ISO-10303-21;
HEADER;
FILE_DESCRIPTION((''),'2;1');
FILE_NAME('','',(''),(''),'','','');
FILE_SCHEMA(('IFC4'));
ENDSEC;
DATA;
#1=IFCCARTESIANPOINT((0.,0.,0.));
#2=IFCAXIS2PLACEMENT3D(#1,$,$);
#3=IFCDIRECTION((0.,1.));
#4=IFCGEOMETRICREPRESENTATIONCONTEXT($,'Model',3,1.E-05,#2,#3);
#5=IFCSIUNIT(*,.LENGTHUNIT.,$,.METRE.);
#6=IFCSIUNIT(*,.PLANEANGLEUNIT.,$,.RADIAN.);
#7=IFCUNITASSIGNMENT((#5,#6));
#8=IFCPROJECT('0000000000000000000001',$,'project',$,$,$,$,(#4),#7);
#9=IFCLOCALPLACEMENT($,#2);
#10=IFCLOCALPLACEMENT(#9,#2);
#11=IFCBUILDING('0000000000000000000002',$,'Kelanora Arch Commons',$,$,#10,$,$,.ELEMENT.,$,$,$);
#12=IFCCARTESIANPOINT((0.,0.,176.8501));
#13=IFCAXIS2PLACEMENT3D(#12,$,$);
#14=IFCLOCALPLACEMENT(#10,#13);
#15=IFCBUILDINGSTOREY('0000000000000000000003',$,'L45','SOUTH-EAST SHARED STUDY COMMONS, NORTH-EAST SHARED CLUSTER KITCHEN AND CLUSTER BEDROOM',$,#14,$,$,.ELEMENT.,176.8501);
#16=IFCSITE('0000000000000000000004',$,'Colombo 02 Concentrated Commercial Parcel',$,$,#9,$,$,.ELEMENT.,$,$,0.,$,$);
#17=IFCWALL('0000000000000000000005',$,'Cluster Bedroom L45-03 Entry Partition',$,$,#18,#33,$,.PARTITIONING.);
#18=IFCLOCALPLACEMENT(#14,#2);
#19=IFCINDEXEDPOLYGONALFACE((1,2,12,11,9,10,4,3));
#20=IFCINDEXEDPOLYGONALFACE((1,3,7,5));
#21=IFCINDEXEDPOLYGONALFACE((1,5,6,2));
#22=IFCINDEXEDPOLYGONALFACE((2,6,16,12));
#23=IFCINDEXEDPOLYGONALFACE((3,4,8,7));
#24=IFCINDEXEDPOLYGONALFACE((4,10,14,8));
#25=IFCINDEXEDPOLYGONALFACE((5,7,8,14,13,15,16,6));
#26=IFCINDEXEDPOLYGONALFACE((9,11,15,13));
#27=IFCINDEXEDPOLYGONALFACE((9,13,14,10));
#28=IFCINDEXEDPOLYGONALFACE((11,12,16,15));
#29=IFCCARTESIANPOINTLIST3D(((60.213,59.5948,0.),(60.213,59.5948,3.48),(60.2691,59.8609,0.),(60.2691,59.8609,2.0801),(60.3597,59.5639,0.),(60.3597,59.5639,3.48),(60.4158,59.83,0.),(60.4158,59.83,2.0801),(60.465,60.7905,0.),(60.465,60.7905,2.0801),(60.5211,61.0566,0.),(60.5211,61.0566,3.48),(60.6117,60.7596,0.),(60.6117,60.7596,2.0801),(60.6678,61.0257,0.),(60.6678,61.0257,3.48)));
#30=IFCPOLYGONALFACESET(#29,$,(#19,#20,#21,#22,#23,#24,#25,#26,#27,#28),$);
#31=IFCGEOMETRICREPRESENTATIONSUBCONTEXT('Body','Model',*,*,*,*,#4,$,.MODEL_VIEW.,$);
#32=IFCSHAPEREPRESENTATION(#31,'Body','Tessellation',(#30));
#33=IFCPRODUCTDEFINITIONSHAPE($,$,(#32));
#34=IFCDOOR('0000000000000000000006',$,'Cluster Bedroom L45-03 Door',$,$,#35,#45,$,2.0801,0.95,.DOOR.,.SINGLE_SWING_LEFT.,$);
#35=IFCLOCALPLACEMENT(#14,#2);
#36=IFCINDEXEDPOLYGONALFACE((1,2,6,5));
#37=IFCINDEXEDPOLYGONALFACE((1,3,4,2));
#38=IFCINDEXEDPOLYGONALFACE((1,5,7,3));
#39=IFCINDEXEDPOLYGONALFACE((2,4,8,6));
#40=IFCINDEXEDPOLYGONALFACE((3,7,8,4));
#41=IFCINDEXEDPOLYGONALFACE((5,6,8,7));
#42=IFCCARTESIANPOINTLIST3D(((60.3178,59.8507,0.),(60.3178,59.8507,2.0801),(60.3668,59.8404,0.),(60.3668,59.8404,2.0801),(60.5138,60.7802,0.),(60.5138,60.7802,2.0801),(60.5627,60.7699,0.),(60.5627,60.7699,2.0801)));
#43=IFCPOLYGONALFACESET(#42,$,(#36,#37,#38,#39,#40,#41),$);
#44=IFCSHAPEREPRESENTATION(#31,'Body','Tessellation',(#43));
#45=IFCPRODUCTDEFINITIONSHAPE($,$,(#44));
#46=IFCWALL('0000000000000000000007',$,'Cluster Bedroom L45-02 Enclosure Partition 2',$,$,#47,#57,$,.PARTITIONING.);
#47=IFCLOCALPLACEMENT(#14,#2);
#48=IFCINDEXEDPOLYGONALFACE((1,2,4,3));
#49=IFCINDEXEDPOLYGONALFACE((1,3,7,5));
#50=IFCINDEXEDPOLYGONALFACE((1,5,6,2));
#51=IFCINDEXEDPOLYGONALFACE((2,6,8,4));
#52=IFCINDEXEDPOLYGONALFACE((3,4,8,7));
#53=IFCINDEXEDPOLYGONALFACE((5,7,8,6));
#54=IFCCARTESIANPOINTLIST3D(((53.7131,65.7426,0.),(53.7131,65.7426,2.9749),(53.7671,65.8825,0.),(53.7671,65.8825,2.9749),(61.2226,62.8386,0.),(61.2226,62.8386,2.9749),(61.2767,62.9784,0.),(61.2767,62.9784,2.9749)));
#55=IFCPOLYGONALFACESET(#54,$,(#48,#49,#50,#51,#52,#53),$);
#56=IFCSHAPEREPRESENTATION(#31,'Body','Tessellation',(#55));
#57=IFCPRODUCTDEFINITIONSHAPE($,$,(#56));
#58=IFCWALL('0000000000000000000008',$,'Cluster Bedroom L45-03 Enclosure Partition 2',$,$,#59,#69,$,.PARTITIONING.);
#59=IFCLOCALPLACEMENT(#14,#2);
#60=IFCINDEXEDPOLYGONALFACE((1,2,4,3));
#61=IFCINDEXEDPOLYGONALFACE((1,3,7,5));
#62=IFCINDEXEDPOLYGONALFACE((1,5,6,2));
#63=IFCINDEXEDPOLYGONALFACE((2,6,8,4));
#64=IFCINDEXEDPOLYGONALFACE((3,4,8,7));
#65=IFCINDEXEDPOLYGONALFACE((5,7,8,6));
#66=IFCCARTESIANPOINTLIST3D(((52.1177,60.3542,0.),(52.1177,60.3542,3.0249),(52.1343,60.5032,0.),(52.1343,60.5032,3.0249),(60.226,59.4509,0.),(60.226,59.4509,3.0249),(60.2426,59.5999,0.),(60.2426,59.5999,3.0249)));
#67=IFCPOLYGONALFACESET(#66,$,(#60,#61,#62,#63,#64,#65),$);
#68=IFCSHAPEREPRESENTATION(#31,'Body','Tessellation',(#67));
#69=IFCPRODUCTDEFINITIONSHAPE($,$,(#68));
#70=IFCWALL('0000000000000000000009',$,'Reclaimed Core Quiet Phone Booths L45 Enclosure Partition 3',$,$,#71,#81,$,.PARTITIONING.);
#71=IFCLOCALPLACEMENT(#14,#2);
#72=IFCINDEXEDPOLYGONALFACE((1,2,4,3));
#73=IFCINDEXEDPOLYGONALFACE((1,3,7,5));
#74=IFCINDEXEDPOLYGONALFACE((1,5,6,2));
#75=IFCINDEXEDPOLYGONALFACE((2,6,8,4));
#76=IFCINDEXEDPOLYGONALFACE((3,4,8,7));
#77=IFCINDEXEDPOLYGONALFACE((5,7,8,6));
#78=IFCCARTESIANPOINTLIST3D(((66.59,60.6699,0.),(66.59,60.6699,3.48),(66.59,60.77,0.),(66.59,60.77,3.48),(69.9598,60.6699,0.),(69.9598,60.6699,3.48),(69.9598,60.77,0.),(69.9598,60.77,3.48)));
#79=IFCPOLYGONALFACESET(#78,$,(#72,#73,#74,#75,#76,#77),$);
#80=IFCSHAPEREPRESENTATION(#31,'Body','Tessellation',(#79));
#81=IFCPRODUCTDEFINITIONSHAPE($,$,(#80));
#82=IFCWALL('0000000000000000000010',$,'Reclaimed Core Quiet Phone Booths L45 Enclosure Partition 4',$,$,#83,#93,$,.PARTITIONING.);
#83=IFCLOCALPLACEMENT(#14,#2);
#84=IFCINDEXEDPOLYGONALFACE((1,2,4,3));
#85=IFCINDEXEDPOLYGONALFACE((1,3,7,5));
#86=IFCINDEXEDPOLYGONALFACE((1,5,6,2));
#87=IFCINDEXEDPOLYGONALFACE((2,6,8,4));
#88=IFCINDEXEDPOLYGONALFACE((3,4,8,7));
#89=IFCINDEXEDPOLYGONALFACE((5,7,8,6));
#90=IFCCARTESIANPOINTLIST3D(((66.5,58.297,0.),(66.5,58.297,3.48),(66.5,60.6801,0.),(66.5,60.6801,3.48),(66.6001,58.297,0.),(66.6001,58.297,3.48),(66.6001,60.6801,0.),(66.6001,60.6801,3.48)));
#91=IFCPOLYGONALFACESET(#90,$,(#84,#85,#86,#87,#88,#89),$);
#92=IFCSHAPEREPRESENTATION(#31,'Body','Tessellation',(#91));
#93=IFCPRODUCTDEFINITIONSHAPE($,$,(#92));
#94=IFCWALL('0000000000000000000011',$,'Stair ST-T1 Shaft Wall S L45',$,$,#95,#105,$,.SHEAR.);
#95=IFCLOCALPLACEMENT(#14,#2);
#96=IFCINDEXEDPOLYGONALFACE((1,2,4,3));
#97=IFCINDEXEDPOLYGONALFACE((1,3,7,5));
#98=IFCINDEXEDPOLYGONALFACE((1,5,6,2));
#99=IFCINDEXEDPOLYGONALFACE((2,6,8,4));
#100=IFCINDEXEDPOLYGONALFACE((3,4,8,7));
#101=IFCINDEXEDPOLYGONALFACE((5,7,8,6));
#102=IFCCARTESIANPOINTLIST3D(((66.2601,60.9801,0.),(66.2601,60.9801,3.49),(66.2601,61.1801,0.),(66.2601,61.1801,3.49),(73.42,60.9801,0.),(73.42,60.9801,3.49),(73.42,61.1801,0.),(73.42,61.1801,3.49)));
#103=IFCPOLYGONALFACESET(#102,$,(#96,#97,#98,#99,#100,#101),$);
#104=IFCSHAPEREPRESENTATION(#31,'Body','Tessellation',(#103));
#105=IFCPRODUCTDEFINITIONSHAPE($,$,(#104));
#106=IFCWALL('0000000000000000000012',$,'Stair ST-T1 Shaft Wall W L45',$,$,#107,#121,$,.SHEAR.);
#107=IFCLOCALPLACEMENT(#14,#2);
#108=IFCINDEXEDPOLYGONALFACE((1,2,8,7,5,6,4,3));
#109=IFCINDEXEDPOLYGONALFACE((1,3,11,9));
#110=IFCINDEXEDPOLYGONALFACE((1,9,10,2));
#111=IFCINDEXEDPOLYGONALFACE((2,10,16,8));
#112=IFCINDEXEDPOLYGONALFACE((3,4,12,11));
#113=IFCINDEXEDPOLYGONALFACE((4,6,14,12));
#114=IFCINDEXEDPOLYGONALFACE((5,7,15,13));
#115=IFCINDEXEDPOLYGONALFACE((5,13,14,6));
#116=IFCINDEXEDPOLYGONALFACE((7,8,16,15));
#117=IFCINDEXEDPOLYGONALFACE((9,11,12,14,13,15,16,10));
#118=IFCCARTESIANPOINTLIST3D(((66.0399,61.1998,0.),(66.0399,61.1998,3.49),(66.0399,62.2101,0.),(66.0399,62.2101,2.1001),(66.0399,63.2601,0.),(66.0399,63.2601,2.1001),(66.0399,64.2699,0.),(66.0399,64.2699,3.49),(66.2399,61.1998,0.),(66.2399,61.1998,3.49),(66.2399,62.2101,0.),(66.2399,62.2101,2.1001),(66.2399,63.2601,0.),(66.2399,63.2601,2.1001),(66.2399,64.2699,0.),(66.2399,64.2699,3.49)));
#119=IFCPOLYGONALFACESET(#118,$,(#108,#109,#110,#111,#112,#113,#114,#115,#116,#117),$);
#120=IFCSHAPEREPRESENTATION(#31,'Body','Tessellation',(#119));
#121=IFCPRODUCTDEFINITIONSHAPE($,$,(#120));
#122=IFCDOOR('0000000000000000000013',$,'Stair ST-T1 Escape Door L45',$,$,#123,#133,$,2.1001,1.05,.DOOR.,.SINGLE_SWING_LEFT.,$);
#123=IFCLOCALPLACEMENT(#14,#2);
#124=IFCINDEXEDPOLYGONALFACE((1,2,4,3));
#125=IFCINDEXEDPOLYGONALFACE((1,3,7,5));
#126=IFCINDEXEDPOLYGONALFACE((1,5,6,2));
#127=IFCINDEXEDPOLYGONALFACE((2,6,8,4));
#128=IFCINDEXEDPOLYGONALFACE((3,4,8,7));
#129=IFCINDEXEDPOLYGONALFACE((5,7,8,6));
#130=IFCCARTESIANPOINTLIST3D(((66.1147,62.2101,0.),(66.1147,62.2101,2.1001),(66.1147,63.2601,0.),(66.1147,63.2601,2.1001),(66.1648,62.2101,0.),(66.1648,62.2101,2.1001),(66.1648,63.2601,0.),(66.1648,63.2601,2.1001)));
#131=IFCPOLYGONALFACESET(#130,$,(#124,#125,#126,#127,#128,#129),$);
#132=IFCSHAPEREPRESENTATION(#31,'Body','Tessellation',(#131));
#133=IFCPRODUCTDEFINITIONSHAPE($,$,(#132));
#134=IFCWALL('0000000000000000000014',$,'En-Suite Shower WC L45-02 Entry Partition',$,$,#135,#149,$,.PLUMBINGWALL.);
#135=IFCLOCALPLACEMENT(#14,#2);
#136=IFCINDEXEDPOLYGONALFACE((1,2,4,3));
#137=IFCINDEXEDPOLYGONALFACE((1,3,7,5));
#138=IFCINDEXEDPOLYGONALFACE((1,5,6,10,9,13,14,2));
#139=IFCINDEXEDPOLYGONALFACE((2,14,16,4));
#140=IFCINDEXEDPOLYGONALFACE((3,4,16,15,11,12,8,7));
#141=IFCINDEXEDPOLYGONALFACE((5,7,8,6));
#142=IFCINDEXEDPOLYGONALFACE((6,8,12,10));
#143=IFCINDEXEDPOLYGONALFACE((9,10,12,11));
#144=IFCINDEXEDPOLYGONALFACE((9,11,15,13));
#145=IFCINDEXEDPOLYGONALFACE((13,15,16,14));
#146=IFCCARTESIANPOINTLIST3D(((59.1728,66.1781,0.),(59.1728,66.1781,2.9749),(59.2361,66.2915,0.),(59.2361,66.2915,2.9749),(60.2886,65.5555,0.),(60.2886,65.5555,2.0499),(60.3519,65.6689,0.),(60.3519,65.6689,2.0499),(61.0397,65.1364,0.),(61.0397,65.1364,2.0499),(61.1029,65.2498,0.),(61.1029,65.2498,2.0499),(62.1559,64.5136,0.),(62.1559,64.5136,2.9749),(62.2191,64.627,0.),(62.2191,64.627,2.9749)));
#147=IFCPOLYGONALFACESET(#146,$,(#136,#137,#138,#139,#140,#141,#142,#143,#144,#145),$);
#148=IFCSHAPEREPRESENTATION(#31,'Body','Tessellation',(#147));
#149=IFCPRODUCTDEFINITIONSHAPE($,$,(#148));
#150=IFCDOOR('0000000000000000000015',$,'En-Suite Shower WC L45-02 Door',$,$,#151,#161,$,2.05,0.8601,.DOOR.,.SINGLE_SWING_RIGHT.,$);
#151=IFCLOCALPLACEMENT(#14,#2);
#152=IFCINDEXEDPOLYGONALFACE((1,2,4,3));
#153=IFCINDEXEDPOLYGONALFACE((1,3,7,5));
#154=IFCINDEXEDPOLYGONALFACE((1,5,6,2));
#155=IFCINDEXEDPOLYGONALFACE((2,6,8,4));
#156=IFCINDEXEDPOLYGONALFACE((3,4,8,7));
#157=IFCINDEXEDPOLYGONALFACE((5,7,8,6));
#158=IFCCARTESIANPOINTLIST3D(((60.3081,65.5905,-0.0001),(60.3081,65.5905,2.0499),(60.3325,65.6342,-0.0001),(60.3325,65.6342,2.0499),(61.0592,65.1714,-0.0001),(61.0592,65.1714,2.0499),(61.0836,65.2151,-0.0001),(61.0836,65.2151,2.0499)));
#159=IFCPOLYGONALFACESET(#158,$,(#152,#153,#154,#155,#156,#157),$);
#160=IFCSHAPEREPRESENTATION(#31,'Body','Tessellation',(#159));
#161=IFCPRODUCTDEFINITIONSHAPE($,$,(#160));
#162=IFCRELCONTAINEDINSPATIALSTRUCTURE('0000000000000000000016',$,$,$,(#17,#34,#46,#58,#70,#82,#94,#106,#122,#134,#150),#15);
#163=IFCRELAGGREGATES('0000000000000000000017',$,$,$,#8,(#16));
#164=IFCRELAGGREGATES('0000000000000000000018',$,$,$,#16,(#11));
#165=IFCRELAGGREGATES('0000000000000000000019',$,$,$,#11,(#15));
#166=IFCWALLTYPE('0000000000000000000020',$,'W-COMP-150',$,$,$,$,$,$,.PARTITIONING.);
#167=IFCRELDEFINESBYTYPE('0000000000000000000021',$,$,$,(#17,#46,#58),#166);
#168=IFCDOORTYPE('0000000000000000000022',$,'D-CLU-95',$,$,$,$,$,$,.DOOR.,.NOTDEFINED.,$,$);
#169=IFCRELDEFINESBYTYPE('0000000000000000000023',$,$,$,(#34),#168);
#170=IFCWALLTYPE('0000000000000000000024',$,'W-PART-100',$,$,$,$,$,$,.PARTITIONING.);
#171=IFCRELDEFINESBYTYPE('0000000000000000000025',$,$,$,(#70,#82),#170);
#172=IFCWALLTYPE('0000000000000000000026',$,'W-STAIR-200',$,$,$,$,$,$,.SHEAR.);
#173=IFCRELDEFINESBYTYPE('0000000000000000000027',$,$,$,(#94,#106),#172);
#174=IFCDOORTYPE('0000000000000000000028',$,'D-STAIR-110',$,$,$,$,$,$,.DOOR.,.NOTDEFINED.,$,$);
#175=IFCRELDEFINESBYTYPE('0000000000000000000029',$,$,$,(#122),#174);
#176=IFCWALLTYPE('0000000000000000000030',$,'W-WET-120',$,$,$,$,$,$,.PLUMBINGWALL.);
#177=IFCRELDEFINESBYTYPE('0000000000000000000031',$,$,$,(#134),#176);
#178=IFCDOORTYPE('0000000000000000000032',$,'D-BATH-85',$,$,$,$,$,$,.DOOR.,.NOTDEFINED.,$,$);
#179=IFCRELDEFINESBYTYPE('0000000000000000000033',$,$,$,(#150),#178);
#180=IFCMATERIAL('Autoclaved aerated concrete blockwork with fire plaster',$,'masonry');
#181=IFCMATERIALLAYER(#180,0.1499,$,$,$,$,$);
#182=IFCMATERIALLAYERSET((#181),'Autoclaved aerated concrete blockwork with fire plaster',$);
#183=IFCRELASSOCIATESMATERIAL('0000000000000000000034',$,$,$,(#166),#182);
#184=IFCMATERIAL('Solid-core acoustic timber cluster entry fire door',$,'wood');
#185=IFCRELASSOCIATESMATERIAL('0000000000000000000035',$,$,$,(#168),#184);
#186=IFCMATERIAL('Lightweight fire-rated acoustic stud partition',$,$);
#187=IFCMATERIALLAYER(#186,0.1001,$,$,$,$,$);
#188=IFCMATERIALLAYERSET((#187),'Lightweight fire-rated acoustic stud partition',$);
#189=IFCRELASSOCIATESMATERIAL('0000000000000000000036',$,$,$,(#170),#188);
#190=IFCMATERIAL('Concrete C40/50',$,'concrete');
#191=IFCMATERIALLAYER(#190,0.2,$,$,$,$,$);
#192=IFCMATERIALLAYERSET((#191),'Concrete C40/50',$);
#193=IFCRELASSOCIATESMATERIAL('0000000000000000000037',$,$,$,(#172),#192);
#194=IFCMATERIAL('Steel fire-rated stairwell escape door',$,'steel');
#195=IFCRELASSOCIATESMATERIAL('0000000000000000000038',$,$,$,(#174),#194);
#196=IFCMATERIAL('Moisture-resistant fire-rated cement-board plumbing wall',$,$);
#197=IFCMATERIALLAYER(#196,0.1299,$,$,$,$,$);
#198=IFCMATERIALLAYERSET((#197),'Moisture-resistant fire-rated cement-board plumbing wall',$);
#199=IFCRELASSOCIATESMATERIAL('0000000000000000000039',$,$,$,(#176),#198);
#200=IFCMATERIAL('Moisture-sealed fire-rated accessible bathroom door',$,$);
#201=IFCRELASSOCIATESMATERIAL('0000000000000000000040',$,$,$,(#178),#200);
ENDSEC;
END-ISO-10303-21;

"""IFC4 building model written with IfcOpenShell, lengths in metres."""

from ifc_helpers import new_model, si_unit, direction, frame, frame_2d, origin, place, context, subcontext, project, spatial, rectangle, extrude, material, layer, layer_set, type_object, element, fill, save


model = new_model("IFC4")

# Units and contexts
model_context = context("Model", 3, precision=1e-05, world=origin(), true_north=direction((0.0, 1.0)))
body_context = subcontext(model_context, "Body", "Model", "MODEL_VIEW")
ifc_project = project(units=[si_unit("LENGTHUNIT", "METRE"), si_unit("PLANEANGLEUNIT", "RADIAN")], contexts=[model_context])

# Site, building, storey
site_placement = place(None, origin())
site = spatial("IfcSite", under=ifc_project, at=site_placement, Name="Colombo 02 Concentrated Commercial Parcel", CompositionType="ELEMENT", RefElevation=0.0)
building_placement = place(site_placement, origin())
building = spatial("IfcBuilding", under=site, at=building_placement, Name="Kelanora Arch Commons", CompositionType="ELEMENT")
storey_placement = place(building_placement, frame((0.0, 0.0, 176.8501)))
storey = spatial("IfcBuildingStorey", under=building, at=storey_placement, Name="L45", Description="SOUTH-EAST SHARED STUDY COMMONS, NORTH-EAST SHARED CLUSTER KITCHEN AND CLUSTER BEDROOM", CompositionType="ELEMENT", Elevation=176.8501)

# Wall, opening, door
ifc_material_1 = material(Name="Autoclaved aerated concrete blockwork with fire plaster", Category="masonry")
ifc_layer_1 = layer(ifc_material_1, 0.1499)
ifc_layer_set_1 = layer_set([ifc_layer_1], Name="Autoclaved aerated concrete blockwork with fire plaster")
wall_type_1 = type_object("IfcWallType", Name="W-COMP-150", PredefinedType="PARTITIONING", material=ifc_layer_set_1)
ifc_material_2 = material(Name="Solid-core acoustic timber cluster entry fire door", Category="wood")
door_type_1 = type_object("IfcDoorType", Name="D-CLU-95", OperationType="NOTDEFINED", PredefinedType="DOOR", material=ifc_material_2)
wall_1_placement = place(storey_placement, frame((60.5945, 61.0413, 0.0), z_axis=(0.0, 0.0, 1.0), x_axis=(-0.206258, -0.978498, 0.0)))
wall_1 = element("IfcWall", 1, at=wall_1_placement, inside=storey, type_object=wall_type_1, Name="Cluster Bedroom L45-03 Entry Partition", PredefinedType="PARTITIONING", context=body_context, shape_type="SweptSolid", body=[
    extrude(rectangle(XDim=1.4939, YDim=0.1499, at=frame_2d((0.7471, 0.0))), origin(), (0.0, 0.0, 1.0), 3.48),
])
opening_1_placement = place(wall_1_placement, frame((0.272, 0.0, 0.0)))
opening_1 = element("IfcOpeningElement", 2, at=opening_1_placement, cuts=wall_1, PredefinedType="OPENING", context=body_context, shape_type="SweptSolid", body=[
    extrude(rectangle(XDim=0.95, YDim=2.0801, at=frame_2d((0.4751, 1.04))), frame((0.0, 0.085, 0.0), z_axis=(0.0, -1.0, 0.0), x_axis=(1.0, 0.0, 0.0)), (0.0, 0.0, 1.0), 0.1699),
])
door_1_placement = place(opening_1_placement, origin())
door_1 = element("IfcDoor", 3, at=door_1_placement, inside=storey, type_object=door_type_1, Name="Cluster Bedroom L45-03 Door", OperationType="SINGLE_SWING_LEFT", OverallHeight=2.0801, OverallWidth=0.95, PredefinedType="DOOR", context=body_context, shape_type="SweptSolid", body=[
    extrude(rectangle(XDim=0.95, YDim=2.0801, at=frame_2d((0.4751, 1.04))), frame((0.0, 0.0249, 0.0), z_axis=(0.0, -1.0, 0.0), x_axis=(1.0, 0.0, 0.0)), (0.0, 0.0, 1.0), 0.05),
])
fill(opening_1, door_1)

# Walls
wall_2_placement = place(storey_placement, frame((61.2498, 62.9084, 0.0), z_axis=(0.0, 0.0, 1.0), x_axis=(-0.932688, 0.360685, 0.0)))
element("IfcWall", 4, at=wall_2_placement, inside=storey, type_object=wall_type_1, Name="Cluster Bedroom L45-02 Enclosure Partition 2", PredefinedType="PARTITIONING", context=body_context, shape_type="SweptSolid", body=[
    extrude(rectangle(XDim=8.0515, YDim=0.1499, at=frame_2d((4.0259, 0.0))), origin(), (0.0, 0.0, 1.0), 2.9749),
])
wall_3_placement = place(storey_placement, frame((60.2341, 59.5254, 0.0), z_axis=(0.0, 0.0, 1.0), x_axis=(-0.993852, 0.110721, 0.0)))
element("IfcWall", 5, at=wall_3_placement, inside=storey, type_object=wall_type_1, Name="Cluster Bedroom L45-03 Enclosure Partition 2", PredefinedType="PARTITIONING", context=body_context, shape_type="SweptSolid", body=[
    extrude(rectangle(XDim=8.1584, YDim=0.1499, at=frame_2d((4.0791, 0.0))), origin(), (0.0, 0.0, 1.0), 3.0249),
])
ifc_material_3 = material(Name="Lightweight fire-rated acoustic stud partition")
ifc_layer_2 = layer(ifc_material_3, 0.1001)
ifc_layer_set_2 = layer_set([ifc_layer_2], Name="Lightweight fire-rated acoustic stud partition")
wall_type_2 = type_object("IfcWallType", Name="W-PART-100", PredefinedType="PARTITIONING", material=ifc_layer_set_2)
wall_4_placement = place(storey_placement, frame((69.96, 60.72, 0.0), z_axis=(0.0, 0.0, 1.0), x_axis=(-1.0, 0.0, 0.0)))
element("IfcWall", 6, at=wall_4_placement, inside=storey, type_object=wall_type_2, Name="Reclaimed Core Quiet Phone Booths L45 Enclosure Partition 3", PredefinedType="PARTITIONING", context=body_context, shape_type="SweptSolid", body=[
    extrude(rectangle(XDim=3.3699, YDim=0.1001, at=frame_2d((1.6851, 0.0))), origin(), (0.0, 0.0, 1.0), 3.48),
])
wall_5_placement = place(storey_placement, frame((66.55, 60.6799, 0.0), z_axis=(0.0, 0.0, 1.0), x_axis=(0.0, -1.0, 0.0)))
element("IfcWall", 7, at=wall_5_placement, inside=storey, type_object=wall_type_2, Name="Reclaimed Core Quiet Phone Booths L45 Enclosure Partition 4", PredefinedType="PARTITIONING", context=body_context, shape_type="SweptSolid", body=[
    extrude(rectangle(XDim=2.3831, YDim=0.1001, at=frame_2d((1.1914, 0.0))), origin(), (0.0, 0.0, 1.0), 3.48),
])
ifc_material_4 = material(Name="Concrete C40/50", Category="concrete")
ifc_layer_3 = layer(ifc_material_4, 0.2)
ifc_layer_set_3 = layer_set([ifc_layer_3], Name="Concrete C40/50")
wall_type_3 = type_object("IfcWallType", Name="W-STAIR-200", PredefinedType="SHEAR", material=ifc_layer_set_3)
wall_6_placement = place(storey_placement, frame((66.26, 61.0801, 0.0), z_axis=(0.0, 0.0, 1.0), x_axis=(1.0, 0.0, 0.0)))
element("IfcWall", 8, at=wall_6_placement, inside=storey, type_object=wall_type_3, Name="Stair ST-T1 Shaft Wall S L45", PredefinedType="SHEAR", context=body_context, shape_type="SweptSolid", body=[
    extrude(rectangle(XDim=7.1599, YDim=0.2, at=frame_2d((3.5801, 0.0))), origin(), (0.0, 0.0, 1.0), 3.49),
])

# Walls, openings, doors
wall_7_placement = place(storey_placement, frame((66.1399, 64.27, 0.0), z_axis=(0.0, 0.0, 1.0), x_axis=(0.0, -1.0, 0.0)))
wall_7 = element("IfcWall", 9, at=wall_7_placement, inside=storey, type_object=wall_type_3, Name="Stair ST-T1 Shaft Wall W L45", PredefinedType="SHEAR", context=body_context, shape_type="SweptSolid", body=[
    extrude(rectangle(XDim=3.0701, YDim=0.2, at=frame_2d((1.5352, 0.0))), origin(), (0.0, 0.0, 1.0), 3.49),
])
opening_2_placement = place(wall_7_placement, frame((1.01, 0.0, 0.0)))
opening_2 = element("IfcOpeningElement", 10, at=opening_2_placement, cuts=wall_7, PredefinedType="OPENING", context=body_context, shape_type="SweptSolid", body=[
    extrude(rectangle(XDim=1.05, YDim=2.1001, at=frame_2d((0.5249, 1.05))), frame((0.0, 0.1099, 0.0), z_axis=(0.0, -1.0, 0.0), x_axis=(1.0, 0.0, 0.0)), (0.0, 0.0, 1.0), 0.22),
])
ifc_material_5 = material(Name="Steel fire-rated stairwell escape door", Category="steel")
door_type_2 = type_object("IfcDoorType", Name="D-STAIR-110", OperationType="NOTDEFINED", PredefinedType="DOOR", material=ifc_material_5)
door_2_placement = place(opening_2_placement, origin())
door_2 = element("IfcDoor", 11, at=door_2_placement, inside=storey, type_object=door_type_2, Name="Stair ST-T1 Escape Door L45", OperationType="SINGLE_SWING_LEFT", OverallHeight=2.1001, OverallWidth=1.05, PredefinedType="DOOR", context=body_context, shape_type="SweptSolid", body=[
    extrude(rectangle(XDim=1.05, YDim=2.1001, at=frame_2d((0.5249, 1.05))), frame((0.0, 0.0249, 0.0), z_axis=(0.0, -1.0, 0.0), x_axis=(1.0, 0.0, 0.0)), (0.0, 0.0, 1.0), 0.05),
])
fill(opening_2, door_2)
ifc_material_6 = material(Name="Moisture-resistant fire-rated cement-board plumbing wall")
ifc_layer_4 = layer(ifc_material_6, 0.1299)
ifc_layer_set_4 = layer_set([ifc_layer_4], Name="Moisture-resistant fire-rated cement-board plumbing wall")
wall_type_4 = type_object("IfcWallType", Name="W-WET-120", PredefinedType="PLUMBINGWALL", material=ifc_layer_set_4)
wall_8_placement = place(storey_placement, frame((62.1875, 64.5703, 0.0), z_axis=(0.0, 0.0, 1.0), x_axis=(-0.873256, 0.487262, 0.0)))
wall_8 = element("IfcWall", 12, at=wall_8_placement, inside=storey, type_object=wall_type_4, Name="En-Suite Shower WC L45-02 Entry Partition", PredefinedType="PLUMBINGWALL", context=body_context, shape_type="SweptSolid", body=[
    extrude(rectangle(XDim=3.416, YDim=0.1299, at=frame_2d((1.708, 0.0))), origin(), (0.0, 0.0, 1.0), 2.9749),
])
opening_3_placement = place(wall_8_placement, frame((1.2781, 0.0, 0.0)))
opening_3 = element("IfcOpeningElement", 13, at=opening_3_placement, cuts=wall_8, PredefinedType="OPENING", context=body_context, shape_type="SweptSolid", body=[
    extrude(rectangle(XDim=0.8601, YDim=2.05, at=frame_2d((0.4302, 1.0249))), frame((0.0, 0.075, 0.0), z_axis=(0.0, -1.0, 0.0), x_axis=(1.0, 0.0, 0.0)), (0.0, 0.0, 1.0), 0.1499),
])
ifc_material_7 = material(Name="Moisture-sealed fire-rated accessible bathroom door")
door_type_3 = type_object("IfcDoorType", Name="D-BATH-85", OperationType="NOTDEFINED", PredefinedType="DOOR", material=ifc_material_7)
door_3_placement = place(opening_3_placement, origin())
door_3 = element("IfcDoor", 14, at=door_3_placement, inside=storey, type_object=door_type_3, Name="En-Suite Shower WC L45-02 Door", OperationType="SINGLE_SWING_RIGHT", OverallHeight=2.05, OverallWidth=0.8601, PredefinedType="DOOR", context=body_context, shape_type="SweptSolid", body=[
    extrude(rectangle(XDim=0.8601, YDim=2.05, at=frame_2d((0.4302, 1.0249))), frame((0.0, 0.0249, 0.0), z_axis=(0.0, -1.0, 0.0), x_axis=(1.0, 0.0, 0.0)), (0.0, 0.0, 1.0), 0.05),
])
fill(opening_3, door_3)

save(model, "model.ifc")
